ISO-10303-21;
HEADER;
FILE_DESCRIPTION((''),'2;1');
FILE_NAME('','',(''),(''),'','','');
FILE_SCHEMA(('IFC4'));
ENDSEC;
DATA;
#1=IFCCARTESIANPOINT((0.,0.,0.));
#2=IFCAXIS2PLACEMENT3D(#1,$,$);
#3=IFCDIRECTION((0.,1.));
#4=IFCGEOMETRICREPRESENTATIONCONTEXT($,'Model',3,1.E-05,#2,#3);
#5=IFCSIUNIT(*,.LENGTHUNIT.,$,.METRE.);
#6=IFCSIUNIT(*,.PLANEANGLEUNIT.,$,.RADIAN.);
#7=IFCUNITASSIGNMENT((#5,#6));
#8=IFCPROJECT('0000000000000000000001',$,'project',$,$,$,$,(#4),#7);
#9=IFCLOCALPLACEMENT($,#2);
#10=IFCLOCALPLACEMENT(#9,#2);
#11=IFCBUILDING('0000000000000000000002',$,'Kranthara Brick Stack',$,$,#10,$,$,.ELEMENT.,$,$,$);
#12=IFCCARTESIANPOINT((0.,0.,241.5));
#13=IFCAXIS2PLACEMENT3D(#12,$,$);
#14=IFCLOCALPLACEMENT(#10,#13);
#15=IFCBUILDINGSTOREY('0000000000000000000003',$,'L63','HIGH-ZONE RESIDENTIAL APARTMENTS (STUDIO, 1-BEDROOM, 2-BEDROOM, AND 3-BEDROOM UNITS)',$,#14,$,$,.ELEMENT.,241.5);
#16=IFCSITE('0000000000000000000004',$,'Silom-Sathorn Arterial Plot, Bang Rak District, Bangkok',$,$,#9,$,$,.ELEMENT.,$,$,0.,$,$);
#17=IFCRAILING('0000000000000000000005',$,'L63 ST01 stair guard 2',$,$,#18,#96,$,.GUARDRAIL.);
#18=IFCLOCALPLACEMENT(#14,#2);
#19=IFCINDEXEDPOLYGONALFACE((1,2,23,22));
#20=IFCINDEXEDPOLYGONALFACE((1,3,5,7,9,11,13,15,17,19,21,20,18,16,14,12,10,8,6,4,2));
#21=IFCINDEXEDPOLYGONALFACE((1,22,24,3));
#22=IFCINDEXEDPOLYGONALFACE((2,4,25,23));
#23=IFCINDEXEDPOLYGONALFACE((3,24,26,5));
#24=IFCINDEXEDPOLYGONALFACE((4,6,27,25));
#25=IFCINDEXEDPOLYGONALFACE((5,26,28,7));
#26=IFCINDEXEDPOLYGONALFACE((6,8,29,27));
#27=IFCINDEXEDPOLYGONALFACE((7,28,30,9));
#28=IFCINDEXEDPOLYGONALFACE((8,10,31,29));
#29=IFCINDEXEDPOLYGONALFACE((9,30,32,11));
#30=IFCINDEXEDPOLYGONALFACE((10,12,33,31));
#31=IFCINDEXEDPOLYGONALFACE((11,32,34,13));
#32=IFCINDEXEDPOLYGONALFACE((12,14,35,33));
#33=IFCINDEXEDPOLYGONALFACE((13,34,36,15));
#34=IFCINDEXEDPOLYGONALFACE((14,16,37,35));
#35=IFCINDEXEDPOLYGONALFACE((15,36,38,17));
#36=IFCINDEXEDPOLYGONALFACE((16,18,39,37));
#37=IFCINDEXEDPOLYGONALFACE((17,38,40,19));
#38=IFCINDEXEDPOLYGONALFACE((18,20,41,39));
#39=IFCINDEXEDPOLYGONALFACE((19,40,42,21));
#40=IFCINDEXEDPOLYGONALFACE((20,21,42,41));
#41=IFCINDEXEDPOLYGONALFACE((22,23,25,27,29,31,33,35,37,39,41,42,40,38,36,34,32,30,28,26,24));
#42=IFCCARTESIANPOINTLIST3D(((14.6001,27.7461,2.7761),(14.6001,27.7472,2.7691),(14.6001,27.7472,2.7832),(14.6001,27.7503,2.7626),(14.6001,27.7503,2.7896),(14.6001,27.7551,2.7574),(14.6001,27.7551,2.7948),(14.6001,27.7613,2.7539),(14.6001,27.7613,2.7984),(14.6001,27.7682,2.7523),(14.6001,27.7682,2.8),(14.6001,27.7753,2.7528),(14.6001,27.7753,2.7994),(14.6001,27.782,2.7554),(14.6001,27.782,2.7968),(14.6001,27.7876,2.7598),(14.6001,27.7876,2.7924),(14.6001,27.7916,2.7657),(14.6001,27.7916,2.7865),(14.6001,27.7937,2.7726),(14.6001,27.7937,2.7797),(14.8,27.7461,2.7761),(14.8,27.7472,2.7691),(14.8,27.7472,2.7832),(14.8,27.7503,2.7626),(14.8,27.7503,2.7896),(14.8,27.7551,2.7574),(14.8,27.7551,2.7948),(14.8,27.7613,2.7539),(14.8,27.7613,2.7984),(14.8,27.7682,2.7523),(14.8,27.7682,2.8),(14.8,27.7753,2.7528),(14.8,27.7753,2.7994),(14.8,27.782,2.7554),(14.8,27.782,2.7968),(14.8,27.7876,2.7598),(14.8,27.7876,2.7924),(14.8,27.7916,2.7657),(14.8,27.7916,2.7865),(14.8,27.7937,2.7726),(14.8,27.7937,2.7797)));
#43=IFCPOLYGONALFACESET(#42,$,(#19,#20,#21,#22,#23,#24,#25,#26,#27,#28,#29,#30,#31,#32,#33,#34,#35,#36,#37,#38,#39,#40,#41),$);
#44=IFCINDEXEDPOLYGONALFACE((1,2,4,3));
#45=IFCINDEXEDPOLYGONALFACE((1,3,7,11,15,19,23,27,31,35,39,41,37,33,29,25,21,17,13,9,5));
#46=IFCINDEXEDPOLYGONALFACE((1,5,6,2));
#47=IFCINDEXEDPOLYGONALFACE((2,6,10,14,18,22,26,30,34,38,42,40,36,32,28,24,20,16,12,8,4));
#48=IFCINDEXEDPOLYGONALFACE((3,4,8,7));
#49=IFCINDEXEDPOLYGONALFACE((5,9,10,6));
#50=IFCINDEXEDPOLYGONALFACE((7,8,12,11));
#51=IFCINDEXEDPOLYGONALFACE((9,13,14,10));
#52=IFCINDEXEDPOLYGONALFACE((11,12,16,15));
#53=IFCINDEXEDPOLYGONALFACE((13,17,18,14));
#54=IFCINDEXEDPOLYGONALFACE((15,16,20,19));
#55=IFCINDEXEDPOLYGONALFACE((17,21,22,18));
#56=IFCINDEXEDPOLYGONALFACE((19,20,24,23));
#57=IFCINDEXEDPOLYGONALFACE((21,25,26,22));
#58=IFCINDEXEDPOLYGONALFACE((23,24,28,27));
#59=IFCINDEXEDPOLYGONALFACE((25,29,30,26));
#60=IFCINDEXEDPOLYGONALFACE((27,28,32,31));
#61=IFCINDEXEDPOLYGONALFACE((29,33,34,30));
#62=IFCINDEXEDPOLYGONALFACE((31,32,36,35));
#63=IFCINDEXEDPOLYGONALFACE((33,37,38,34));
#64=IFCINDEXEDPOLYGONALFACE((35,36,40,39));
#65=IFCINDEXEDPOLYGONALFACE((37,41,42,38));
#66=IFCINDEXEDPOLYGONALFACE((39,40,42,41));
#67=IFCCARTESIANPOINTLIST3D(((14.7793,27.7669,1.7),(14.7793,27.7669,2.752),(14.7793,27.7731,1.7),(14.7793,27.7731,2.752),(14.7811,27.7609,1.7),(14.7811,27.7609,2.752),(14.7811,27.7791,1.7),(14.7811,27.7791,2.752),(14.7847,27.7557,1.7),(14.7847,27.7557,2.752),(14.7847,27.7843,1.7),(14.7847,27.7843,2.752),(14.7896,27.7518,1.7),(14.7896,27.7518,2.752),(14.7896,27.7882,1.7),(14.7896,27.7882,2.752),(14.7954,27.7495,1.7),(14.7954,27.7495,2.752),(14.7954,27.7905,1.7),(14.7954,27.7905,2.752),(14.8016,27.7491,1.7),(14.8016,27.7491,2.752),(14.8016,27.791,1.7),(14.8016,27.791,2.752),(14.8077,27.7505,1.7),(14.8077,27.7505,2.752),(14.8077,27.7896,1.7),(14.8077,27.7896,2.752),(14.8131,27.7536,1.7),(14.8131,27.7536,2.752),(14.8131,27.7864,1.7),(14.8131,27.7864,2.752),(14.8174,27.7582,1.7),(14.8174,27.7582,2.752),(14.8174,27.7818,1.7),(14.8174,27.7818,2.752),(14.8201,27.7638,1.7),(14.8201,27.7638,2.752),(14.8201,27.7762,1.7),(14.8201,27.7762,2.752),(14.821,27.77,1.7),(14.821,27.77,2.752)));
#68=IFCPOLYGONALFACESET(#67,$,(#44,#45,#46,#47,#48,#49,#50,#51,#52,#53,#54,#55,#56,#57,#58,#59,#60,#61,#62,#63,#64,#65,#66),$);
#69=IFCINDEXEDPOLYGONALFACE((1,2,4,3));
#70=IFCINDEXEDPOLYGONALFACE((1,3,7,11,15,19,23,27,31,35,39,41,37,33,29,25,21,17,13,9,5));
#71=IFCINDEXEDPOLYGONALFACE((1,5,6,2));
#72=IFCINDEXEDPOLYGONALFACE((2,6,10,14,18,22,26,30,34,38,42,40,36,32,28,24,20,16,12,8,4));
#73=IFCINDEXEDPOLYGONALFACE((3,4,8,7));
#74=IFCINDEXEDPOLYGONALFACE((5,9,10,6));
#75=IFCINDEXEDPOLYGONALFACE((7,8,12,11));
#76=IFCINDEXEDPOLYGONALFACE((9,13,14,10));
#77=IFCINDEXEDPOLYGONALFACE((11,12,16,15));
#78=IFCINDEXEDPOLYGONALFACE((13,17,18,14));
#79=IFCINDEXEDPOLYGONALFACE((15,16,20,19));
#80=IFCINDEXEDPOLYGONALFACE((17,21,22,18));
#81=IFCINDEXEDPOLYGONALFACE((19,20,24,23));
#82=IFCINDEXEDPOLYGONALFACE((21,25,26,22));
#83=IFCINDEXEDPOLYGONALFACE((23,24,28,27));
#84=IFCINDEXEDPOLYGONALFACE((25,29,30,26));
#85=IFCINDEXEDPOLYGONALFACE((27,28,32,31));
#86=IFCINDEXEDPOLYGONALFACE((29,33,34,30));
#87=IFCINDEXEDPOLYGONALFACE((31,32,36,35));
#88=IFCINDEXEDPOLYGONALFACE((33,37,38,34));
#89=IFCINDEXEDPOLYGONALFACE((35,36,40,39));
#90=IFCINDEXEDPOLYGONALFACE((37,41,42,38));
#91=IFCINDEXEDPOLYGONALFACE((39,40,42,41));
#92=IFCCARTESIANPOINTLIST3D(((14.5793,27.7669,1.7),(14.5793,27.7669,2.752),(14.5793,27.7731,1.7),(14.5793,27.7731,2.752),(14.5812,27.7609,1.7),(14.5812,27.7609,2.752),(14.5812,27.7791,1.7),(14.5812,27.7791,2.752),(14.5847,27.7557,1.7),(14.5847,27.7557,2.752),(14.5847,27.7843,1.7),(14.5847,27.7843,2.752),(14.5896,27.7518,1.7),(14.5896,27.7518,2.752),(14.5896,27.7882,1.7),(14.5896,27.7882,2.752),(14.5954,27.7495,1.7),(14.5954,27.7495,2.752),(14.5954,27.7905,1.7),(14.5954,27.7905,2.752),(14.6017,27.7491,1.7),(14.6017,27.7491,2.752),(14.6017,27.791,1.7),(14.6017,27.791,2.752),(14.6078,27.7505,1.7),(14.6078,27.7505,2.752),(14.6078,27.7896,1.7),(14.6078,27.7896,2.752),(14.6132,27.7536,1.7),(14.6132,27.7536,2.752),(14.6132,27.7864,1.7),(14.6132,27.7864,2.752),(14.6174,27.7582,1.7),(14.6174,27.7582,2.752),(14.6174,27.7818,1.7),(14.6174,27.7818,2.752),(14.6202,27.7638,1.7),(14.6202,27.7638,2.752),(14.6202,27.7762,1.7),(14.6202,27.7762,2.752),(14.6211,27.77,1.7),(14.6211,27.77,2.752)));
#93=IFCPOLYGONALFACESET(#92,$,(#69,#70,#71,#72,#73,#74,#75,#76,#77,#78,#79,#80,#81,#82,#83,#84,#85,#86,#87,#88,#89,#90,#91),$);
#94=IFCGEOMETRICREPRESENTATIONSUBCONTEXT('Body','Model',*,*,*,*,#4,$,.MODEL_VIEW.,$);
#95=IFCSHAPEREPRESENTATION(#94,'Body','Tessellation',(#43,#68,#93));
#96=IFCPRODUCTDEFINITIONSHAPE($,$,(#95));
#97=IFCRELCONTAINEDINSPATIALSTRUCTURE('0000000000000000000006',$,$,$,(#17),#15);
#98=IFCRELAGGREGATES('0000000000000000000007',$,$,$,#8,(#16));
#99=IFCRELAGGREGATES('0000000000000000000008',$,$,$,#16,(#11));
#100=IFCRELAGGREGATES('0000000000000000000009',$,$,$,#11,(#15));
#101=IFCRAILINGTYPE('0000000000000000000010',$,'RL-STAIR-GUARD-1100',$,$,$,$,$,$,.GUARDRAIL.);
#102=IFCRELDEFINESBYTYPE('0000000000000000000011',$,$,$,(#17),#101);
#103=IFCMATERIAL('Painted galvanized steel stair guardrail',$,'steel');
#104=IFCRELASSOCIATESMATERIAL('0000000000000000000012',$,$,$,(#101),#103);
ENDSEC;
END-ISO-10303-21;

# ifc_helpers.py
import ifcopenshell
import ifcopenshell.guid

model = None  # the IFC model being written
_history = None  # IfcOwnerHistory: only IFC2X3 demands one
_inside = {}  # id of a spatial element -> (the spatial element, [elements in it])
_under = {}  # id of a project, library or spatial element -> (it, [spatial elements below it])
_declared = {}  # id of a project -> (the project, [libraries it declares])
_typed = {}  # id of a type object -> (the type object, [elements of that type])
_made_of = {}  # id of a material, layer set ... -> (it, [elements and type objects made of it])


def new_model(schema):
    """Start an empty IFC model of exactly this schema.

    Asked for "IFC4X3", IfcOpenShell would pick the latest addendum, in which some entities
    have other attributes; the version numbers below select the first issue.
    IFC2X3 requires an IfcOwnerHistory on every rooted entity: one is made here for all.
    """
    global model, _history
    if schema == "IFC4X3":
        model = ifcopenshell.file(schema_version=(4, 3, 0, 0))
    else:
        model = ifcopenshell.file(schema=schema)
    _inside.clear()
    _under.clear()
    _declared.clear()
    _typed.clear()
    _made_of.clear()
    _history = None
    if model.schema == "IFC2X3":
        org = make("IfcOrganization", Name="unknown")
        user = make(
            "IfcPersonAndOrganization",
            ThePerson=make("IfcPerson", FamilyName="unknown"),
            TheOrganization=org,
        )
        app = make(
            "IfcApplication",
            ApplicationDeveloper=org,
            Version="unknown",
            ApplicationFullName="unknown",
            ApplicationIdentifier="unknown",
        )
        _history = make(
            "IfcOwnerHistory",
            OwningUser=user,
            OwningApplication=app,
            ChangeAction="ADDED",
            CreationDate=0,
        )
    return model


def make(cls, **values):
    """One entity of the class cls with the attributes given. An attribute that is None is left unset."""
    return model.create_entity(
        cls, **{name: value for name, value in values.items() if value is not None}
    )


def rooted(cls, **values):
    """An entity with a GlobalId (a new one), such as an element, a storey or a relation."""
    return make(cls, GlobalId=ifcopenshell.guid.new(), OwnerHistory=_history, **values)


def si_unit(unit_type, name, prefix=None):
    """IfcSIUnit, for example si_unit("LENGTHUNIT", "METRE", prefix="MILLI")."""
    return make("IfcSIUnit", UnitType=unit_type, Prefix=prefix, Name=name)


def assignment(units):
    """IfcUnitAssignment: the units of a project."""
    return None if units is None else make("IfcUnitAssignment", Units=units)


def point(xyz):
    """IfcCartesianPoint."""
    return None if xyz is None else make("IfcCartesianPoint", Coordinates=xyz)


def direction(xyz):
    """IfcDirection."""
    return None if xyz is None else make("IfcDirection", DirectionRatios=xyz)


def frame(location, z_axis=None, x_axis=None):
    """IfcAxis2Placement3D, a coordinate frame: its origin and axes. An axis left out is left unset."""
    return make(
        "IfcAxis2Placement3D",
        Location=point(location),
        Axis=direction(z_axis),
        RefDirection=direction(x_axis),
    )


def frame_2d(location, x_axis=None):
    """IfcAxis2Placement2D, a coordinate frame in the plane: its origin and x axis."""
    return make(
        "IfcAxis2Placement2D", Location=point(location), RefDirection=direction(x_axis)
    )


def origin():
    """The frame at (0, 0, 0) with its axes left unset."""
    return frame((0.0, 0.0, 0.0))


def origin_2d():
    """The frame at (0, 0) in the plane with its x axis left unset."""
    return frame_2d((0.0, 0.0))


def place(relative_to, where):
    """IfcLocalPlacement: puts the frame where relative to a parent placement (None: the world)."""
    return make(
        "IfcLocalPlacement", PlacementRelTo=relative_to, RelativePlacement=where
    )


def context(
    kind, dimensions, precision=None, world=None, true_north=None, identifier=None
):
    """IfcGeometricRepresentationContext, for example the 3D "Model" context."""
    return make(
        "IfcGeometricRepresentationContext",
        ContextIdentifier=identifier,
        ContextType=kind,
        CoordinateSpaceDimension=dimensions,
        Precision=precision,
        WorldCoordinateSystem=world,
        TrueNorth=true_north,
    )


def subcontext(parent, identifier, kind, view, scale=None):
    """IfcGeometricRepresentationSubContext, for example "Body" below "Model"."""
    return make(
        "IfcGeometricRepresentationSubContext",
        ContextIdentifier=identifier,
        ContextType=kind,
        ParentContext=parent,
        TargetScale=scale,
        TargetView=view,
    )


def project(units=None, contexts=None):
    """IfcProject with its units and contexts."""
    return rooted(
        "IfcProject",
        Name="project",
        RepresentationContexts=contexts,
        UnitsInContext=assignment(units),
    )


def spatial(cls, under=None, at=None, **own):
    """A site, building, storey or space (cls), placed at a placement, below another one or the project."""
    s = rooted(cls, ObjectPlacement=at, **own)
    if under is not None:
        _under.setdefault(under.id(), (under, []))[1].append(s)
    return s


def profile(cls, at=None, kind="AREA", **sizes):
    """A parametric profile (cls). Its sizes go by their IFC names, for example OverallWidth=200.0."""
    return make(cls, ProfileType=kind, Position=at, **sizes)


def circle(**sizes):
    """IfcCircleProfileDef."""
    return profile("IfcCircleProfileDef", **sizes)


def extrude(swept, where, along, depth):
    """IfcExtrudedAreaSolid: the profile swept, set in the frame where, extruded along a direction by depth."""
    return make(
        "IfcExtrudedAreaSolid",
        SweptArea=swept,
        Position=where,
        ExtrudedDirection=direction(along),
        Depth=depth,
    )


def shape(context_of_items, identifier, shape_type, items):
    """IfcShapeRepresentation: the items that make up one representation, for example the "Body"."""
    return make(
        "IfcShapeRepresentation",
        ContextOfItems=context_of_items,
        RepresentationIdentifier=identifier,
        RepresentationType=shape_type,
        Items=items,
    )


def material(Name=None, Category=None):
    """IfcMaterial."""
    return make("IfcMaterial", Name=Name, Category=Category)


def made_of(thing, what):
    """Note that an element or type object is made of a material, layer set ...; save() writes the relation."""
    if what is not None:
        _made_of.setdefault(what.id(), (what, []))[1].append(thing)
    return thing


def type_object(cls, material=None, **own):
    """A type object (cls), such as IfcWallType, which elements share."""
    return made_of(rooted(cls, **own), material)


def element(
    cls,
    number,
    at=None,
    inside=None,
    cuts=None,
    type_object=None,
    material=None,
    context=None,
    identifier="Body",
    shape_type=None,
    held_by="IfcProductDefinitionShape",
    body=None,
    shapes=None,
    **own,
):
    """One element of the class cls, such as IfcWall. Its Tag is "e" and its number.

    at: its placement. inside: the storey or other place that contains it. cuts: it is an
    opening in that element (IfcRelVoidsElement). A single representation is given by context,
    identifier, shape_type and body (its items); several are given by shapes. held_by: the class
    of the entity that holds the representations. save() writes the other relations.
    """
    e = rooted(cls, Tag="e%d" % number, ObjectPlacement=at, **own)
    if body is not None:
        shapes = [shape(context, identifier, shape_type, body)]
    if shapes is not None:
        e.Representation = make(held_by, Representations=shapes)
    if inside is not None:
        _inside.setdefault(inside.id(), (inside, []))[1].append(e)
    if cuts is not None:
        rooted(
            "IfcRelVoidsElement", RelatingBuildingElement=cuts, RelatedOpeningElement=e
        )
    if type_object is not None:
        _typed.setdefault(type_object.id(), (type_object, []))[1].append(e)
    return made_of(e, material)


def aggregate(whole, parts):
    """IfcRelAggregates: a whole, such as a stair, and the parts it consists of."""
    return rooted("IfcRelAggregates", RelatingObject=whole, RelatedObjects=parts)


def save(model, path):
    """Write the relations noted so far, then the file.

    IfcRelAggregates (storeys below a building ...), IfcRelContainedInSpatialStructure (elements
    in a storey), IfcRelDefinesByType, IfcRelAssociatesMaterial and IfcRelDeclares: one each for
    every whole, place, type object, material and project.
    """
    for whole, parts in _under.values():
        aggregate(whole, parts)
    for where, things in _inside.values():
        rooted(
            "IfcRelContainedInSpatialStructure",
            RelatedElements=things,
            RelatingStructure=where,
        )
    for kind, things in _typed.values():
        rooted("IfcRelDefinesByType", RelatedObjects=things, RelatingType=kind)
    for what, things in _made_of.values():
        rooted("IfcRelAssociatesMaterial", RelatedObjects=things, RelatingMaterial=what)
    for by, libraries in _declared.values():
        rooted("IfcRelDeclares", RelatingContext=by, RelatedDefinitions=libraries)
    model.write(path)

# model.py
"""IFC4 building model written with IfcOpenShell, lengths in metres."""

from ifc_helpers import new_model, si_unit, direction, frame, origin, origin_2d, place, context, subcontext, project, spatial, circle, extrude, material, type_object, element, save


model = new_model("IFC4")

# Units and contexts
model_context = context("Model", 3, precision=1e-05, world=origin(), true_north=direction((0.0, 1.0)))
body_context = subcontext(model_context, "Body", "Model", "MODEL_VIEW")
ifc_project = project(units=[si_unit("LENGTHUNIT", "METRE"), si_unit("PLANEANGLEUNIT", "RADIAN")], contexts=[model_context])

# Site, building, storey
site_placement = place(None, origin())
site = spatial("IfcSite", under=ifc_project, at=site_placement, Name="Silom-Sathorn Arterial Plot, Bang Rak District, Bangkok", CompositionType="ELEMENT", RefElevation=0.0)
building_placement = place(site_placement, origin())
building = spatial("IfcBuilding", under=site, at=building_placement, Name="Kranthara Brick Stack", CompositionType="ELEMENT")
storey_placement = place(building_placement, frame((0.0, 0.0, 241.5)))
storey = spatial("IfcBuildingStorey", under=building, at=storey_placement, Name="L63", Description="HIGH-ZONE RESIDENTIAL APARTMENTS (STUDIO, 1-BEDROOM, 2-BEDROOM, AND 3-BEDROOM UNITS)", CompositionType="ELEMENT", Elevation=241.5)

# Railing
ifc_material_1 = material(Name="Painted galvanized steel stair guardrail", Category="steel")
railing_type_1 = type_object("IfcRailingType", Name="RL-STAIR-GUARD-1100", PredefinedType="GUARDRAIL", material=ifc_material_1)
railing_1_placement = place(storey_placement, frame((14.8, 27.77, 1.7)))
element("IfcRailing", 1, at=railing_1_placement, inside=storey, type_object=railing_type_1, Name="L63 ST01 stair guard 2", PredefinedType="GUARDRAIL", context=body_context, shape_type="SweptSolid", body=[
    extrude(circle(Radius=0.0239, at=origin_2d()), frame((0.0, 0.0, 1.0762), z_axis=(-1.0, 0.0, 0.0), x_axis=(0.0, -1.0, 0.0)), (0.0, 0.0, 1.0), 0.2),
    extrude(circle(Radius=0.021, at=origin_2d()), origin(), (0.0, 0.0, 1.0), 1.052),
    extrude(circle(Radius=0.021, at=origin_2d()), frame((-0.2, 0.0, 0.0)), (0.0, 0.0, 1.0), 1.052),
])

save(model, "model.ifc")
